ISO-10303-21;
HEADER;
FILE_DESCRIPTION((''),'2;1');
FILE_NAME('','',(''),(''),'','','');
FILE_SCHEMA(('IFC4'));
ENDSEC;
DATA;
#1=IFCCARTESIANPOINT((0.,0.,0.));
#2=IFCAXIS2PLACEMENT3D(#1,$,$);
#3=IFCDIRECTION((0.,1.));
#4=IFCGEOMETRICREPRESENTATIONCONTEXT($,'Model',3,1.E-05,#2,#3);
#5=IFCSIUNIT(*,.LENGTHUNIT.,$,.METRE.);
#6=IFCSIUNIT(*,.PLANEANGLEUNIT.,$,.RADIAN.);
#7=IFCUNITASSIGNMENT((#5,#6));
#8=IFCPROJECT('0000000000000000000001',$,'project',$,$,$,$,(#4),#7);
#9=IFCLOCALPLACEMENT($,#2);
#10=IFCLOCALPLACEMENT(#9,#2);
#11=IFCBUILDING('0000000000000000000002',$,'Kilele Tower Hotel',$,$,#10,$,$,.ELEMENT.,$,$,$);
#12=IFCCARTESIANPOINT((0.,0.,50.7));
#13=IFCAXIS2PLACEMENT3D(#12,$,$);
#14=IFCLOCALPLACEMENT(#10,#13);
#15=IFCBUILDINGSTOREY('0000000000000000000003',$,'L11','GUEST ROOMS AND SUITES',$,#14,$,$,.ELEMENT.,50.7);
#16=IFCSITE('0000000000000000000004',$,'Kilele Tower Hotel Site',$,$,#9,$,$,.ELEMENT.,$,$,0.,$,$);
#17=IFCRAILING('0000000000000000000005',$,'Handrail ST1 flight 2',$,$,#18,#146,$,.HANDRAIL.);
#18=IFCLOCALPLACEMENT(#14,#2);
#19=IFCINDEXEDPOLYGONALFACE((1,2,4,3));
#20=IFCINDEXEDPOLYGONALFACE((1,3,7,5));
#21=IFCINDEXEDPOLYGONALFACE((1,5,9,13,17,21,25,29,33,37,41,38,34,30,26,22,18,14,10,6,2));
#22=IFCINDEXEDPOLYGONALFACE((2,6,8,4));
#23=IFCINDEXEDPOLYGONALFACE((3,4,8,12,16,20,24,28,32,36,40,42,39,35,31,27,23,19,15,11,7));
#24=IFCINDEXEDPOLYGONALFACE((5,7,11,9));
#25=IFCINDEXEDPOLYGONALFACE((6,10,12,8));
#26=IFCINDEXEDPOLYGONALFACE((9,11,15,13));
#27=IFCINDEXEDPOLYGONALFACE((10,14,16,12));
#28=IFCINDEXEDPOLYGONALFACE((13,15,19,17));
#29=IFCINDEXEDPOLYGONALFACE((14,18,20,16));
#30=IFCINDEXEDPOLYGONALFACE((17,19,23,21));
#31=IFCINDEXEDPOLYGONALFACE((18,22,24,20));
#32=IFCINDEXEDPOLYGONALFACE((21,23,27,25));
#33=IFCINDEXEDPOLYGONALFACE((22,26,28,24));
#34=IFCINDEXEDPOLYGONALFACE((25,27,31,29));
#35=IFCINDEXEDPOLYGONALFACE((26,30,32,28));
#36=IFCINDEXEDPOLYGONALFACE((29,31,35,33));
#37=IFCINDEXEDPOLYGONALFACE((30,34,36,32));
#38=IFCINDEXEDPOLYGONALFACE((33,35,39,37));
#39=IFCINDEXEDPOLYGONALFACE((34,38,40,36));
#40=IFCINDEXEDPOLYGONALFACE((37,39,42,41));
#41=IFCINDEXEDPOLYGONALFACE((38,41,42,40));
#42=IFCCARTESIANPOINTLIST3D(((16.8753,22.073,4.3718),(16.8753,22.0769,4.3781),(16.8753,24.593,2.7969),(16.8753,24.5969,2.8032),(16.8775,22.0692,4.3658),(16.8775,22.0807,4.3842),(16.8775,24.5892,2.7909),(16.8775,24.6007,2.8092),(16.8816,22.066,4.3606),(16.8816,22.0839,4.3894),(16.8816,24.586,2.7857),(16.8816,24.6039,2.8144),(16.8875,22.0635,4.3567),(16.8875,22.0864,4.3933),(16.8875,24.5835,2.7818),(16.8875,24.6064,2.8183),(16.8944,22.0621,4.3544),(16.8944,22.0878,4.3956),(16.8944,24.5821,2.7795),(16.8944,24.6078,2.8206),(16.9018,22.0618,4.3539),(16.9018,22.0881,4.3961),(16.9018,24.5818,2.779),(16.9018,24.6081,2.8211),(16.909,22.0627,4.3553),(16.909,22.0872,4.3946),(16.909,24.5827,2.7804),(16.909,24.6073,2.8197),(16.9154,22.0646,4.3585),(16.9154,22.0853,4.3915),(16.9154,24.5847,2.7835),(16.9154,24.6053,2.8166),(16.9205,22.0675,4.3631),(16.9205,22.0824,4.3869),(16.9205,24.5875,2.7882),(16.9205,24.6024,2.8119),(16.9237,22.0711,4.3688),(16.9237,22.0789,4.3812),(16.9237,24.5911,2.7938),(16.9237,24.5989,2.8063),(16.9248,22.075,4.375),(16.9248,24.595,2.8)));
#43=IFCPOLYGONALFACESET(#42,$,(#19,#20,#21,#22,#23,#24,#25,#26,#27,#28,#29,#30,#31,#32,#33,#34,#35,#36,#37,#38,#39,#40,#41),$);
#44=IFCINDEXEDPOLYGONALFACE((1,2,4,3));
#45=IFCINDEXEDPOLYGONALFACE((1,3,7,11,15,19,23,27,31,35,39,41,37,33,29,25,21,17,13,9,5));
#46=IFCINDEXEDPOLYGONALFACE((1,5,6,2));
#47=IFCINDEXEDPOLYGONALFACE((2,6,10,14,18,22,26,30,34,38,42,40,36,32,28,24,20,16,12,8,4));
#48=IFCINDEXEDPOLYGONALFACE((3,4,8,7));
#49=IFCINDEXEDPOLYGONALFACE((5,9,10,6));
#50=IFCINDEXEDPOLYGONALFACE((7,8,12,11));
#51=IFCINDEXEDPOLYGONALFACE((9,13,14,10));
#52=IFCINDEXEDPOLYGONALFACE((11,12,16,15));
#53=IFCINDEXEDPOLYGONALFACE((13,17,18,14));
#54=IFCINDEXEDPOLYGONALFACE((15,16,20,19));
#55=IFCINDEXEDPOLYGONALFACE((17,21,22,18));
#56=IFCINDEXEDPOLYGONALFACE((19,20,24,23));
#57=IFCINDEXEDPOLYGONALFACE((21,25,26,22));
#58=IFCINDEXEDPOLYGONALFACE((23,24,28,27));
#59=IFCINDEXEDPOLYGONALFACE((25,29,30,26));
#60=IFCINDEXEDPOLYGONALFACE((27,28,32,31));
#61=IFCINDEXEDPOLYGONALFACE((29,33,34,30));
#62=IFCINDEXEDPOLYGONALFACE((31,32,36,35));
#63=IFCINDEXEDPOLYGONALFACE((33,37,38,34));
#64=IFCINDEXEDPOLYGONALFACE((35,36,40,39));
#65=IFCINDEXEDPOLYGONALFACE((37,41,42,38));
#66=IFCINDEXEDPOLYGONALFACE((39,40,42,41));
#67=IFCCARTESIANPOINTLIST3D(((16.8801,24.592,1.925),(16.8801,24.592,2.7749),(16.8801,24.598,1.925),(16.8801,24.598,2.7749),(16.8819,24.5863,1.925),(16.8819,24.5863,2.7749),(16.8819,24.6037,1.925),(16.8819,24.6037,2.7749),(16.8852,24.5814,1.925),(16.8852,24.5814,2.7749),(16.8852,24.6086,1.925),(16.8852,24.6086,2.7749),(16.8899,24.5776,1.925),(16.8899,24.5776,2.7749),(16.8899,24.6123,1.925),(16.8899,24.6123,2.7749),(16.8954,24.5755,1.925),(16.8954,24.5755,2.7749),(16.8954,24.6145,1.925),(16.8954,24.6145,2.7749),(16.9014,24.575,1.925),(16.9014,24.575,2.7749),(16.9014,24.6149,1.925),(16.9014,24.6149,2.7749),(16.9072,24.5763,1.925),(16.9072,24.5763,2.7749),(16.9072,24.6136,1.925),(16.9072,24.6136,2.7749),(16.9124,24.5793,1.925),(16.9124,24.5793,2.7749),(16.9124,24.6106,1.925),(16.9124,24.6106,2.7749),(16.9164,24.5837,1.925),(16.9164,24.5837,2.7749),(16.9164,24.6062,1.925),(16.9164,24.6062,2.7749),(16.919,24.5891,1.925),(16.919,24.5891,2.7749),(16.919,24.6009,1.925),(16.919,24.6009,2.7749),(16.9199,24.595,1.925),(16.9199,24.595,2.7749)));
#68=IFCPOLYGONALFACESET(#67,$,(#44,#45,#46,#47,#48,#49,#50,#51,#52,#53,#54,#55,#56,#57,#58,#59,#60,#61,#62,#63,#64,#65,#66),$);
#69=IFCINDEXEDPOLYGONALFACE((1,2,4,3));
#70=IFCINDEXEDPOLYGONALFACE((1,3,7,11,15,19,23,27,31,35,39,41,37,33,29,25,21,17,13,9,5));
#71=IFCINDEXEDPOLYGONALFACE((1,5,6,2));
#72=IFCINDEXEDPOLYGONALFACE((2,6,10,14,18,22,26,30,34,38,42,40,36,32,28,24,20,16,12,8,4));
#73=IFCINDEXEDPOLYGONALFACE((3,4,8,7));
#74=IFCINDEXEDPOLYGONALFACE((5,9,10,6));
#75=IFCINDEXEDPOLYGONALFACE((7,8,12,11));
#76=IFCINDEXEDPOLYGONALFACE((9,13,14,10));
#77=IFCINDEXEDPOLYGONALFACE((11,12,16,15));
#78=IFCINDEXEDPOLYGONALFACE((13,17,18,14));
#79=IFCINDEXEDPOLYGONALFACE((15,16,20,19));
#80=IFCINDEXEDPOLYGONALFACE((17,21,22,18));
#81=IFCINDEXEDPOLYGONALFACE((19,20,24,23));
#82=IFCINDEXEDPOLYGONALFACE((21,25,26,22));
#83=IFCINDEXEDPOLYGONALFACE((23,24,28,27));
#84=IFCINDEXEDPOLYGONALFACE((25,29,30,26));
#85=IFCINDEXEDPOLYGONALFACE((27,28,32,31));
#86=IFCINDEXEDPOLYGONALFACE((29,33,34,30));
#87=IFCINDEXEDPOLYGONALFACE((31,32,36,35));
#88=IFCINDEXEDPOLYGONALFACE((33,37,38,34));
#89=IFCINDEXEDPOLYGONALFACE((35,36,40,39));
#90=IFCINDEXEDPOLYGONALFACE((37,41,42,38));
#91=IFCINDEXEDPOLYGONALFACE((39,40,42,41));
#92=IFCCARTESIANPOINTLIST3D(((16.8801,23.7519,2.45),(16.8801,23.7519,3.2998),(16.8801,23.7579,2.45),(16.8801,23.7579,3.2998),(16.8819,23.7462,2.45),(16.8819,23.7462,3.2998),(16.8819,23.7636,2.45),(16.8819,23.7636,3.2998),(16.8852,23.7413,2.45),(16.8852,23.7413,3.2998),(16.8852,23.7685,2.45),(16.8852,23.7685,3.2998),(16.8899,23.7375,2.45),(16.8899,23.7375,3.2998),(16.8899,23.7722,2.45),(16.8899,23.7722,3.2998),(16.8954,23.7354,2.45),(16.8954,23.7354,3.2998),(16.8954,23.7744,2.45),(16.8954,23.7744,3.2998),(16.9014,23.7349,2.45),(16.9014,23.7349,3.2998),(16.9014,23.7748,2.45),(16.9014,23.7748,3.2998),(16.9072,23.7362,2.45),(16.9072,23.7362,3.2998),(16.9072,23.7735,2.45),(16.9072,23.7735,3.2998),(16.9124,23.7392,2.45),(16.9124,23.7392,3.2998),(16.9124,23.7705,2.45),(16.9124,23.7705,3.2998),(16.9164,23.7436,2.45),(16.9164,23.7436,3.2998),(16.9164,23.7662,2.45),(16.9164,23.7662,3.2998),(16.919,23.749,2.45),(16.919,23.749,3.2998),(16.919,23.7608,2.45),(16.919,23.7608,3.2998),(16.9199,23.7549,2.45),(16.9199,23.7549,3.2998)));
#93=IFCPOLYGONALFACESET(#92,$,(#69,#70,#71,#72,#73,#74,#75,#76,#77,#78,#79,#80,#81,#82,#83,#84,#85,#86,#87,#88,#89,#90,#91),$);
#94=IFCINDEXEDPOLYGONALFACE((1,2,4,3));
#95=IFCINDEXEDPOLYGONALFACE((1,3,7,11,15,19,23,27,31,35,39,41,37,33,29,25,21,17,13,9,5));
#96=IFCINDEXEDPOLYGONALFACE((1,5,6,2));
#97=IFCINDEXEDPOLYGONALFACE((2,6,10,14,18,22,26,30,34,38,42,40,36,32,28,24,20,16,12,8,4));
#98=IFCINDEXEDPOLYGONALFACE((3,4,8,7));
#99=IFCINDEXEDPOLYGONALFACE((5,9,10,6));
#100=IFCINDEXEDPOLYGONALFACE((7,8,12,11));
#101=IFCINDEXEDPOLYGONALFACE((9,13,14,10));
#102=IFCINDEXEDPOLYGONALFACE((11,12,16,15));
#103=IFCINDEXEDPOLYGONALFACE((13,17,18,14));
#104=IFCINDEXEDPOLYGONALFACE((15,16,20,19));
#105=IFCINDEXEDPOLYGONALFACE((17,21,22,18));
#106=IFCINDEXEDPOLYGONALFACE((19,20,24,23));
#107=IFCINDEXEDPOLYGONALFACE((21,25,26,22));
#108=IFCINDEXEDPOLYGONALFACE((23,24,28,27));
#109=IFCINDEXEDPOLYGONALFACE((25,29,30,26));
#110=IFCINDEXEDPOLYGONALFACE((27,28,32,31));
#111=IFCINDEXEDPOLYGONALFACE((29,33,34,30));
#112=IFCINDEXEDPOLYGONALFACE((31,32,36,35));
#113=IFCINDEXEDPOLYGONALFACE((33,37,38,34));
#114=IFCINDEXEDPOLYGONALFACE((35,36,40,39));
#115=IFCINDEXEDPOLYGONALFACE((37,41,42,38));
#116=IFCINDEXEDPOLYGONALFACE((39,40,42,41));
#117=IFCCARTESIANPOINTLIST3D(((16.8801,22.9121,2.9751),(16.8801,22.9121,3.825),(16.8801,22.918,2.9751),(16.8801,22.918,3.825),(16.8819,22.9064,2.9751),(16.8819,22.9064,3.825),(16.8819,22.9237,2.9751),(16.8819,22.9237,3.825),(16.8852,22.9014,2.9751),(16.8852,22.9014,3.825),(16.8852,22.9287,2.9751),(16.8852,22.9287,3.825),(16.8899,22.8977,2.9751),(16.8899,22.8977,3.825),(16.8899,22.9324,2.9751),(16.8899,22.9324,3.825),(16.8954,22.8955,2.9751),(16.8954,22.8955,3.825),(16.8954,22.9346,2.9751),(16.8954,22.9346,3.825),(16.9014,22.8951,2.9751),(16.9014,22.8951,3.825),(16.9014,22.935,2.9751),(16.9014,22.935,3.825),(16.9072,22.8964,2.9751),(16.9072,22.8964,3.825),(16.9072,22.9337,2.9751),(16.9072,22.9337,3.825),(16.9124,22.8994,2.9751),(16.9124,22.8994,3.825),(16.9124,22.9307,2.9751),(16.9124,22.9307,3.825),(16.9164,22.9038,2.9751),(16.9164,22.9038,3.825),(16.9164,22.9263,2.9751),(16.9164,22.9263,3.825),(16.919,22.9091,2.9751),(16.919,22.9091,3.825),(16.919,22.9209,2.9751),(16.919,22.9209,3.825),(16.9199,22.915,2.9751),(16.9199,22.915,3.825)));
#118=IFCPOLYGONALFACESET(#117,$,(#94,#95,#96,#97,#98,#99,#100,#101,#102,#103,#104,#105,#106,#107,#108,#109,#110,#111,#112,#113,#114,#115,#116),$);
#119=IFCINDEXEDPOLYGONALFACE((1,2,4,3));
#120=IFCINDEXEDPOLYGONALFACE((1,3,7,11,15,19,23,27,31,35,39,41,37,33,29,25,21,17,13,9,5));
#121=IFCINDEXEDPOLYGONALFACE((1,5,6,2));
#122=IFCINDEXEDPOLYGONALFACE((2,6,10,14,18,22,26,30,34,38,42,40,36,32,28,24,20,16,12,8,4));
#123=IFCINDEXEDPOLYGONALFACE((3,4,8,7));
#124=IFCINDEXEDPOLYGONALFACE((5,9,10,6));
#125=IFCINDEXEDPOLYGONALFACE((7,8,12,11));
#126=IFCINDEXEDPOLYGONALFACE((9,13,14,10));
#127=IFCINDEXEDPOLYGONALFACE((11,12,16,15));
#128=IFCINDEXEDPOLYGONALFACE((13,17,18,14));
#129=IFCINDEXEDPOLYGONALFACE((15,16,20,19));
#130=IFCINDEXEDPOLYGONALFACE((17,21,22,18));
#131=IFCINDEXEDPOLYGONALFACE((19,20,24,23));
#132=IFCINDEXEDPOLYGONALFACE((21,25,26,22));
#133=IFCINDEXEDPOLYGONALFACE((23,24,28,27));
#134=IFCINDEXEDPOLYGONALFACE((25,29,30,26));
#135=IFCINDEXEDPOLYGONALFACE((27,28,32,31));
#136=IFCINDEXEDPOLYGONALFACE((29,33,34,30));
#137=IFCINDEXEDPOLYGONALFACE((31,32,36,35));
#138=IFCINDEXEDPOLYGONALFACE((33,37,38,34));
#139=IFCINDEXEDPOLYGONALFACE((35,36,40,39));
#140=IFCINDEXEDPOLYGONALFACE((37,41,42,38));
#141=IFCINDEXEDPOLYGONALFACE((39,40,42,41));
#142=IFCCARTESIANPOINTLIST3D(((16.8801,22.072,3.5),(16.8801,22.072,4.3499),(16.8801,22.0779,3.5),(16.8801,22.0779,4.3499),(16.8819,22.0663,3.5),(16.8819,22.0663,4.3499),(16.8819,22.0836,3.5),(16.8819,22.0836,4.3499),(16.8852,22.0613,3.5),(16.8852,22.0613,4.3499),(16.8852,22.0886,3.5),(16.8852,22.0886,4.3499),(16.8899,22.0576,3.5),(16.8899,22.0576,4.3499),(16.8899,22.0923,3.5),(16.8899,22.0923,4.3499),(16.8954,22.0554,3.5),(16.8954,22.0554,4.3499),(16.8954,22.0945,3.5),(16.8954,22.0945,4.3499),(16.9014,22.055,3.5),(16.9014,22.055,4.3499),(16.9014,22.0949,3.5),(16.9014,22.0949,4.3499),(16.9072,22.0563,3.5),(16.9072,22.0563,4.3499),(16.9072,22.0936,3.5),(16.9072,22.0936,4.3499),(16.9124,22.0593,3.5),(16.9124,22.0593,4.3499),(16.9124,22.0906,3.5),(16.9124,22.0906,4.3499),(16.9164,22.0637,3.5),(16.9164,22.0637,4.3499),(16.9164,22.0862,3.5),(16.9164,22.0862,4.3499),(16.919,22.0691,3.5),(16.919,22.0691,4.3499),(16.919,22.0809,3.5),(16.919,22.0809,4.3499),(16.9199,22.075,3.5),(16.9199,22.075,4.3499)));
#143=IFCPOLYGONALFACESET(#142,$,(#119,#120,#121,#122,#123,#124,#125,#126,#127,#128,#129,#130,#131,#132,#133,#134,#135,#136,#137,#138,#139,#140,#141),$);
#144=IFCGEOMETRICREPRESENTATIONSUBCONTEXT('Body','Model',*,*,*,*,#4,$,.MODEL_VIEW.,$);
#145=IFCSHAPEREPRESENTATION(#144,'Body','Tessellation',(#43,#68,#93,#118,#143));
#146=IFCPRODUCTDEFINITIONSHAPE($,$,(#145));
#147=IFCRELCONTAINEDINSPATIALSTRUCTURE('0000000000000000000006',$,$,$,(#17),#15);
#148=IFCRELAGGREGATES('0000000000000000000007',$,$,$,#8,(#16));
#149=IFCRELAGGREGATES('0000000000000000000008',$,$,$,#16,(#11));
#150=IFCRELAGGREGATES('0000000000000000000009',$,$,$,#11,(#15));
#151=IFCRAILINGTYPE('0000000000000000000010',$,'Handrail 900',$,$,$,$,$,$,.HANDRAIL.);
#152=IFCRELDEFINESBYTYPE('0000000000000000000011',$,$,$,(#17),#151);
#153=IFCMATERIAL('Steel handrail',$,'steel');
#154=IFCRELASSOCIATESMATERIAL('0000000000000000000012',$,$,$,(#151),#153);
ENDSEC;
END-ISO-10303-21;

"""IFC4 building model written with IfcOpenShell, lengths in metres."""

from ifc_helpers import new_model, si_unit, direction, frame, origin, origin_2d, place, context, subcontext, project, spatial, circle, extrude, material, type_object, element, save


model = new_model("IFC4")

# Units and contexts
model_context = context("Model", 3, precision=1e-05, world=origin(), true_north=direction((0.0, 1.0)))
body_context = subcontext(model_context, "Body", "Model", "MODEL_VIEW")
ifc_project = project(units=[si_unit("LENGTHUNIT", "METRE"), si_unit("PLANEANGLEUNIT", "RADIAN")], contexts=[model_context])

# Site, building, storey
site_placement = place(None, origin())
site = spatial("IfcSite", under=ifc_project, at=site_placement, Name="Kilele Tower Hotel Site", CompositionType="ELEMENT", RefElevation=0.0)
building_placement = place(site_placement, origin())
building = spatial("IfcBuilding", under=site, at=building_placement, Name="Kilele Tower Hotel", CompositionType="ELEMENT")
storey_placement = place(building_placement, frame((0.0, 0.0, 50.7)))
storey = spatial("IfcBuildingStorey", under=building, at=storey_placement, Name="L11", Description="GUEST ROOMS AND SUITES", CompositionType="ELEMENT", Elevation=50.7)

# Railing
ifc_material_1 = material(Name="Steel handrail", Category="steel")
railing_type_1 = type_object("IfcRailingType", Name="Handrail 900", PredefinedType="HANDRAIL", material=ifc_material_1)
for number, where, name in (
    (1, (16.8999, 24.595, 1.925), "Handrail ST1 flight 2"),
):
    element("IfcRailing", number, at=place(storey_placement, frame(where)), inside=storey, type_object=railing_type_1, Name=name, PredefinedType="HANDRAIL", context=body_context, shape_type="SweptSolid", body=[
        extrude(circle(Radius=0.0249, at=origin_2d()), frame((0.0, 0.0, 0.875), z_axis=(0.0, -0.848008, 0.529984), x_axis=(1.0, 0.0, 0.0)), (0.0, 0.0, 1.0), 2.9717),
        extrude(circle(Radius=0.02, at=origin_2d()), origin(), (0.0, 0.0, 1.0), 0.8499),
        extrude(circle(Radius=0.02, at=origin_2d()), frame((0.0, -0.8401, 0.5249)), (0.0, 0.0, 1.0), 0.8499),
        extrude(circle(Radius=0.02, at=origin_2d()), frame((0.0, -1.6799, 1.05)), (0.0, 0.0, 1.0), 0.8499),
        extrude(circle(Radius=0.02, at=origin_2d()), frame((0.0, -2.52, 1.575)), (0.0, 0.0, 1.0), 0.8499),
    ])

save(model, "model.ifc")
